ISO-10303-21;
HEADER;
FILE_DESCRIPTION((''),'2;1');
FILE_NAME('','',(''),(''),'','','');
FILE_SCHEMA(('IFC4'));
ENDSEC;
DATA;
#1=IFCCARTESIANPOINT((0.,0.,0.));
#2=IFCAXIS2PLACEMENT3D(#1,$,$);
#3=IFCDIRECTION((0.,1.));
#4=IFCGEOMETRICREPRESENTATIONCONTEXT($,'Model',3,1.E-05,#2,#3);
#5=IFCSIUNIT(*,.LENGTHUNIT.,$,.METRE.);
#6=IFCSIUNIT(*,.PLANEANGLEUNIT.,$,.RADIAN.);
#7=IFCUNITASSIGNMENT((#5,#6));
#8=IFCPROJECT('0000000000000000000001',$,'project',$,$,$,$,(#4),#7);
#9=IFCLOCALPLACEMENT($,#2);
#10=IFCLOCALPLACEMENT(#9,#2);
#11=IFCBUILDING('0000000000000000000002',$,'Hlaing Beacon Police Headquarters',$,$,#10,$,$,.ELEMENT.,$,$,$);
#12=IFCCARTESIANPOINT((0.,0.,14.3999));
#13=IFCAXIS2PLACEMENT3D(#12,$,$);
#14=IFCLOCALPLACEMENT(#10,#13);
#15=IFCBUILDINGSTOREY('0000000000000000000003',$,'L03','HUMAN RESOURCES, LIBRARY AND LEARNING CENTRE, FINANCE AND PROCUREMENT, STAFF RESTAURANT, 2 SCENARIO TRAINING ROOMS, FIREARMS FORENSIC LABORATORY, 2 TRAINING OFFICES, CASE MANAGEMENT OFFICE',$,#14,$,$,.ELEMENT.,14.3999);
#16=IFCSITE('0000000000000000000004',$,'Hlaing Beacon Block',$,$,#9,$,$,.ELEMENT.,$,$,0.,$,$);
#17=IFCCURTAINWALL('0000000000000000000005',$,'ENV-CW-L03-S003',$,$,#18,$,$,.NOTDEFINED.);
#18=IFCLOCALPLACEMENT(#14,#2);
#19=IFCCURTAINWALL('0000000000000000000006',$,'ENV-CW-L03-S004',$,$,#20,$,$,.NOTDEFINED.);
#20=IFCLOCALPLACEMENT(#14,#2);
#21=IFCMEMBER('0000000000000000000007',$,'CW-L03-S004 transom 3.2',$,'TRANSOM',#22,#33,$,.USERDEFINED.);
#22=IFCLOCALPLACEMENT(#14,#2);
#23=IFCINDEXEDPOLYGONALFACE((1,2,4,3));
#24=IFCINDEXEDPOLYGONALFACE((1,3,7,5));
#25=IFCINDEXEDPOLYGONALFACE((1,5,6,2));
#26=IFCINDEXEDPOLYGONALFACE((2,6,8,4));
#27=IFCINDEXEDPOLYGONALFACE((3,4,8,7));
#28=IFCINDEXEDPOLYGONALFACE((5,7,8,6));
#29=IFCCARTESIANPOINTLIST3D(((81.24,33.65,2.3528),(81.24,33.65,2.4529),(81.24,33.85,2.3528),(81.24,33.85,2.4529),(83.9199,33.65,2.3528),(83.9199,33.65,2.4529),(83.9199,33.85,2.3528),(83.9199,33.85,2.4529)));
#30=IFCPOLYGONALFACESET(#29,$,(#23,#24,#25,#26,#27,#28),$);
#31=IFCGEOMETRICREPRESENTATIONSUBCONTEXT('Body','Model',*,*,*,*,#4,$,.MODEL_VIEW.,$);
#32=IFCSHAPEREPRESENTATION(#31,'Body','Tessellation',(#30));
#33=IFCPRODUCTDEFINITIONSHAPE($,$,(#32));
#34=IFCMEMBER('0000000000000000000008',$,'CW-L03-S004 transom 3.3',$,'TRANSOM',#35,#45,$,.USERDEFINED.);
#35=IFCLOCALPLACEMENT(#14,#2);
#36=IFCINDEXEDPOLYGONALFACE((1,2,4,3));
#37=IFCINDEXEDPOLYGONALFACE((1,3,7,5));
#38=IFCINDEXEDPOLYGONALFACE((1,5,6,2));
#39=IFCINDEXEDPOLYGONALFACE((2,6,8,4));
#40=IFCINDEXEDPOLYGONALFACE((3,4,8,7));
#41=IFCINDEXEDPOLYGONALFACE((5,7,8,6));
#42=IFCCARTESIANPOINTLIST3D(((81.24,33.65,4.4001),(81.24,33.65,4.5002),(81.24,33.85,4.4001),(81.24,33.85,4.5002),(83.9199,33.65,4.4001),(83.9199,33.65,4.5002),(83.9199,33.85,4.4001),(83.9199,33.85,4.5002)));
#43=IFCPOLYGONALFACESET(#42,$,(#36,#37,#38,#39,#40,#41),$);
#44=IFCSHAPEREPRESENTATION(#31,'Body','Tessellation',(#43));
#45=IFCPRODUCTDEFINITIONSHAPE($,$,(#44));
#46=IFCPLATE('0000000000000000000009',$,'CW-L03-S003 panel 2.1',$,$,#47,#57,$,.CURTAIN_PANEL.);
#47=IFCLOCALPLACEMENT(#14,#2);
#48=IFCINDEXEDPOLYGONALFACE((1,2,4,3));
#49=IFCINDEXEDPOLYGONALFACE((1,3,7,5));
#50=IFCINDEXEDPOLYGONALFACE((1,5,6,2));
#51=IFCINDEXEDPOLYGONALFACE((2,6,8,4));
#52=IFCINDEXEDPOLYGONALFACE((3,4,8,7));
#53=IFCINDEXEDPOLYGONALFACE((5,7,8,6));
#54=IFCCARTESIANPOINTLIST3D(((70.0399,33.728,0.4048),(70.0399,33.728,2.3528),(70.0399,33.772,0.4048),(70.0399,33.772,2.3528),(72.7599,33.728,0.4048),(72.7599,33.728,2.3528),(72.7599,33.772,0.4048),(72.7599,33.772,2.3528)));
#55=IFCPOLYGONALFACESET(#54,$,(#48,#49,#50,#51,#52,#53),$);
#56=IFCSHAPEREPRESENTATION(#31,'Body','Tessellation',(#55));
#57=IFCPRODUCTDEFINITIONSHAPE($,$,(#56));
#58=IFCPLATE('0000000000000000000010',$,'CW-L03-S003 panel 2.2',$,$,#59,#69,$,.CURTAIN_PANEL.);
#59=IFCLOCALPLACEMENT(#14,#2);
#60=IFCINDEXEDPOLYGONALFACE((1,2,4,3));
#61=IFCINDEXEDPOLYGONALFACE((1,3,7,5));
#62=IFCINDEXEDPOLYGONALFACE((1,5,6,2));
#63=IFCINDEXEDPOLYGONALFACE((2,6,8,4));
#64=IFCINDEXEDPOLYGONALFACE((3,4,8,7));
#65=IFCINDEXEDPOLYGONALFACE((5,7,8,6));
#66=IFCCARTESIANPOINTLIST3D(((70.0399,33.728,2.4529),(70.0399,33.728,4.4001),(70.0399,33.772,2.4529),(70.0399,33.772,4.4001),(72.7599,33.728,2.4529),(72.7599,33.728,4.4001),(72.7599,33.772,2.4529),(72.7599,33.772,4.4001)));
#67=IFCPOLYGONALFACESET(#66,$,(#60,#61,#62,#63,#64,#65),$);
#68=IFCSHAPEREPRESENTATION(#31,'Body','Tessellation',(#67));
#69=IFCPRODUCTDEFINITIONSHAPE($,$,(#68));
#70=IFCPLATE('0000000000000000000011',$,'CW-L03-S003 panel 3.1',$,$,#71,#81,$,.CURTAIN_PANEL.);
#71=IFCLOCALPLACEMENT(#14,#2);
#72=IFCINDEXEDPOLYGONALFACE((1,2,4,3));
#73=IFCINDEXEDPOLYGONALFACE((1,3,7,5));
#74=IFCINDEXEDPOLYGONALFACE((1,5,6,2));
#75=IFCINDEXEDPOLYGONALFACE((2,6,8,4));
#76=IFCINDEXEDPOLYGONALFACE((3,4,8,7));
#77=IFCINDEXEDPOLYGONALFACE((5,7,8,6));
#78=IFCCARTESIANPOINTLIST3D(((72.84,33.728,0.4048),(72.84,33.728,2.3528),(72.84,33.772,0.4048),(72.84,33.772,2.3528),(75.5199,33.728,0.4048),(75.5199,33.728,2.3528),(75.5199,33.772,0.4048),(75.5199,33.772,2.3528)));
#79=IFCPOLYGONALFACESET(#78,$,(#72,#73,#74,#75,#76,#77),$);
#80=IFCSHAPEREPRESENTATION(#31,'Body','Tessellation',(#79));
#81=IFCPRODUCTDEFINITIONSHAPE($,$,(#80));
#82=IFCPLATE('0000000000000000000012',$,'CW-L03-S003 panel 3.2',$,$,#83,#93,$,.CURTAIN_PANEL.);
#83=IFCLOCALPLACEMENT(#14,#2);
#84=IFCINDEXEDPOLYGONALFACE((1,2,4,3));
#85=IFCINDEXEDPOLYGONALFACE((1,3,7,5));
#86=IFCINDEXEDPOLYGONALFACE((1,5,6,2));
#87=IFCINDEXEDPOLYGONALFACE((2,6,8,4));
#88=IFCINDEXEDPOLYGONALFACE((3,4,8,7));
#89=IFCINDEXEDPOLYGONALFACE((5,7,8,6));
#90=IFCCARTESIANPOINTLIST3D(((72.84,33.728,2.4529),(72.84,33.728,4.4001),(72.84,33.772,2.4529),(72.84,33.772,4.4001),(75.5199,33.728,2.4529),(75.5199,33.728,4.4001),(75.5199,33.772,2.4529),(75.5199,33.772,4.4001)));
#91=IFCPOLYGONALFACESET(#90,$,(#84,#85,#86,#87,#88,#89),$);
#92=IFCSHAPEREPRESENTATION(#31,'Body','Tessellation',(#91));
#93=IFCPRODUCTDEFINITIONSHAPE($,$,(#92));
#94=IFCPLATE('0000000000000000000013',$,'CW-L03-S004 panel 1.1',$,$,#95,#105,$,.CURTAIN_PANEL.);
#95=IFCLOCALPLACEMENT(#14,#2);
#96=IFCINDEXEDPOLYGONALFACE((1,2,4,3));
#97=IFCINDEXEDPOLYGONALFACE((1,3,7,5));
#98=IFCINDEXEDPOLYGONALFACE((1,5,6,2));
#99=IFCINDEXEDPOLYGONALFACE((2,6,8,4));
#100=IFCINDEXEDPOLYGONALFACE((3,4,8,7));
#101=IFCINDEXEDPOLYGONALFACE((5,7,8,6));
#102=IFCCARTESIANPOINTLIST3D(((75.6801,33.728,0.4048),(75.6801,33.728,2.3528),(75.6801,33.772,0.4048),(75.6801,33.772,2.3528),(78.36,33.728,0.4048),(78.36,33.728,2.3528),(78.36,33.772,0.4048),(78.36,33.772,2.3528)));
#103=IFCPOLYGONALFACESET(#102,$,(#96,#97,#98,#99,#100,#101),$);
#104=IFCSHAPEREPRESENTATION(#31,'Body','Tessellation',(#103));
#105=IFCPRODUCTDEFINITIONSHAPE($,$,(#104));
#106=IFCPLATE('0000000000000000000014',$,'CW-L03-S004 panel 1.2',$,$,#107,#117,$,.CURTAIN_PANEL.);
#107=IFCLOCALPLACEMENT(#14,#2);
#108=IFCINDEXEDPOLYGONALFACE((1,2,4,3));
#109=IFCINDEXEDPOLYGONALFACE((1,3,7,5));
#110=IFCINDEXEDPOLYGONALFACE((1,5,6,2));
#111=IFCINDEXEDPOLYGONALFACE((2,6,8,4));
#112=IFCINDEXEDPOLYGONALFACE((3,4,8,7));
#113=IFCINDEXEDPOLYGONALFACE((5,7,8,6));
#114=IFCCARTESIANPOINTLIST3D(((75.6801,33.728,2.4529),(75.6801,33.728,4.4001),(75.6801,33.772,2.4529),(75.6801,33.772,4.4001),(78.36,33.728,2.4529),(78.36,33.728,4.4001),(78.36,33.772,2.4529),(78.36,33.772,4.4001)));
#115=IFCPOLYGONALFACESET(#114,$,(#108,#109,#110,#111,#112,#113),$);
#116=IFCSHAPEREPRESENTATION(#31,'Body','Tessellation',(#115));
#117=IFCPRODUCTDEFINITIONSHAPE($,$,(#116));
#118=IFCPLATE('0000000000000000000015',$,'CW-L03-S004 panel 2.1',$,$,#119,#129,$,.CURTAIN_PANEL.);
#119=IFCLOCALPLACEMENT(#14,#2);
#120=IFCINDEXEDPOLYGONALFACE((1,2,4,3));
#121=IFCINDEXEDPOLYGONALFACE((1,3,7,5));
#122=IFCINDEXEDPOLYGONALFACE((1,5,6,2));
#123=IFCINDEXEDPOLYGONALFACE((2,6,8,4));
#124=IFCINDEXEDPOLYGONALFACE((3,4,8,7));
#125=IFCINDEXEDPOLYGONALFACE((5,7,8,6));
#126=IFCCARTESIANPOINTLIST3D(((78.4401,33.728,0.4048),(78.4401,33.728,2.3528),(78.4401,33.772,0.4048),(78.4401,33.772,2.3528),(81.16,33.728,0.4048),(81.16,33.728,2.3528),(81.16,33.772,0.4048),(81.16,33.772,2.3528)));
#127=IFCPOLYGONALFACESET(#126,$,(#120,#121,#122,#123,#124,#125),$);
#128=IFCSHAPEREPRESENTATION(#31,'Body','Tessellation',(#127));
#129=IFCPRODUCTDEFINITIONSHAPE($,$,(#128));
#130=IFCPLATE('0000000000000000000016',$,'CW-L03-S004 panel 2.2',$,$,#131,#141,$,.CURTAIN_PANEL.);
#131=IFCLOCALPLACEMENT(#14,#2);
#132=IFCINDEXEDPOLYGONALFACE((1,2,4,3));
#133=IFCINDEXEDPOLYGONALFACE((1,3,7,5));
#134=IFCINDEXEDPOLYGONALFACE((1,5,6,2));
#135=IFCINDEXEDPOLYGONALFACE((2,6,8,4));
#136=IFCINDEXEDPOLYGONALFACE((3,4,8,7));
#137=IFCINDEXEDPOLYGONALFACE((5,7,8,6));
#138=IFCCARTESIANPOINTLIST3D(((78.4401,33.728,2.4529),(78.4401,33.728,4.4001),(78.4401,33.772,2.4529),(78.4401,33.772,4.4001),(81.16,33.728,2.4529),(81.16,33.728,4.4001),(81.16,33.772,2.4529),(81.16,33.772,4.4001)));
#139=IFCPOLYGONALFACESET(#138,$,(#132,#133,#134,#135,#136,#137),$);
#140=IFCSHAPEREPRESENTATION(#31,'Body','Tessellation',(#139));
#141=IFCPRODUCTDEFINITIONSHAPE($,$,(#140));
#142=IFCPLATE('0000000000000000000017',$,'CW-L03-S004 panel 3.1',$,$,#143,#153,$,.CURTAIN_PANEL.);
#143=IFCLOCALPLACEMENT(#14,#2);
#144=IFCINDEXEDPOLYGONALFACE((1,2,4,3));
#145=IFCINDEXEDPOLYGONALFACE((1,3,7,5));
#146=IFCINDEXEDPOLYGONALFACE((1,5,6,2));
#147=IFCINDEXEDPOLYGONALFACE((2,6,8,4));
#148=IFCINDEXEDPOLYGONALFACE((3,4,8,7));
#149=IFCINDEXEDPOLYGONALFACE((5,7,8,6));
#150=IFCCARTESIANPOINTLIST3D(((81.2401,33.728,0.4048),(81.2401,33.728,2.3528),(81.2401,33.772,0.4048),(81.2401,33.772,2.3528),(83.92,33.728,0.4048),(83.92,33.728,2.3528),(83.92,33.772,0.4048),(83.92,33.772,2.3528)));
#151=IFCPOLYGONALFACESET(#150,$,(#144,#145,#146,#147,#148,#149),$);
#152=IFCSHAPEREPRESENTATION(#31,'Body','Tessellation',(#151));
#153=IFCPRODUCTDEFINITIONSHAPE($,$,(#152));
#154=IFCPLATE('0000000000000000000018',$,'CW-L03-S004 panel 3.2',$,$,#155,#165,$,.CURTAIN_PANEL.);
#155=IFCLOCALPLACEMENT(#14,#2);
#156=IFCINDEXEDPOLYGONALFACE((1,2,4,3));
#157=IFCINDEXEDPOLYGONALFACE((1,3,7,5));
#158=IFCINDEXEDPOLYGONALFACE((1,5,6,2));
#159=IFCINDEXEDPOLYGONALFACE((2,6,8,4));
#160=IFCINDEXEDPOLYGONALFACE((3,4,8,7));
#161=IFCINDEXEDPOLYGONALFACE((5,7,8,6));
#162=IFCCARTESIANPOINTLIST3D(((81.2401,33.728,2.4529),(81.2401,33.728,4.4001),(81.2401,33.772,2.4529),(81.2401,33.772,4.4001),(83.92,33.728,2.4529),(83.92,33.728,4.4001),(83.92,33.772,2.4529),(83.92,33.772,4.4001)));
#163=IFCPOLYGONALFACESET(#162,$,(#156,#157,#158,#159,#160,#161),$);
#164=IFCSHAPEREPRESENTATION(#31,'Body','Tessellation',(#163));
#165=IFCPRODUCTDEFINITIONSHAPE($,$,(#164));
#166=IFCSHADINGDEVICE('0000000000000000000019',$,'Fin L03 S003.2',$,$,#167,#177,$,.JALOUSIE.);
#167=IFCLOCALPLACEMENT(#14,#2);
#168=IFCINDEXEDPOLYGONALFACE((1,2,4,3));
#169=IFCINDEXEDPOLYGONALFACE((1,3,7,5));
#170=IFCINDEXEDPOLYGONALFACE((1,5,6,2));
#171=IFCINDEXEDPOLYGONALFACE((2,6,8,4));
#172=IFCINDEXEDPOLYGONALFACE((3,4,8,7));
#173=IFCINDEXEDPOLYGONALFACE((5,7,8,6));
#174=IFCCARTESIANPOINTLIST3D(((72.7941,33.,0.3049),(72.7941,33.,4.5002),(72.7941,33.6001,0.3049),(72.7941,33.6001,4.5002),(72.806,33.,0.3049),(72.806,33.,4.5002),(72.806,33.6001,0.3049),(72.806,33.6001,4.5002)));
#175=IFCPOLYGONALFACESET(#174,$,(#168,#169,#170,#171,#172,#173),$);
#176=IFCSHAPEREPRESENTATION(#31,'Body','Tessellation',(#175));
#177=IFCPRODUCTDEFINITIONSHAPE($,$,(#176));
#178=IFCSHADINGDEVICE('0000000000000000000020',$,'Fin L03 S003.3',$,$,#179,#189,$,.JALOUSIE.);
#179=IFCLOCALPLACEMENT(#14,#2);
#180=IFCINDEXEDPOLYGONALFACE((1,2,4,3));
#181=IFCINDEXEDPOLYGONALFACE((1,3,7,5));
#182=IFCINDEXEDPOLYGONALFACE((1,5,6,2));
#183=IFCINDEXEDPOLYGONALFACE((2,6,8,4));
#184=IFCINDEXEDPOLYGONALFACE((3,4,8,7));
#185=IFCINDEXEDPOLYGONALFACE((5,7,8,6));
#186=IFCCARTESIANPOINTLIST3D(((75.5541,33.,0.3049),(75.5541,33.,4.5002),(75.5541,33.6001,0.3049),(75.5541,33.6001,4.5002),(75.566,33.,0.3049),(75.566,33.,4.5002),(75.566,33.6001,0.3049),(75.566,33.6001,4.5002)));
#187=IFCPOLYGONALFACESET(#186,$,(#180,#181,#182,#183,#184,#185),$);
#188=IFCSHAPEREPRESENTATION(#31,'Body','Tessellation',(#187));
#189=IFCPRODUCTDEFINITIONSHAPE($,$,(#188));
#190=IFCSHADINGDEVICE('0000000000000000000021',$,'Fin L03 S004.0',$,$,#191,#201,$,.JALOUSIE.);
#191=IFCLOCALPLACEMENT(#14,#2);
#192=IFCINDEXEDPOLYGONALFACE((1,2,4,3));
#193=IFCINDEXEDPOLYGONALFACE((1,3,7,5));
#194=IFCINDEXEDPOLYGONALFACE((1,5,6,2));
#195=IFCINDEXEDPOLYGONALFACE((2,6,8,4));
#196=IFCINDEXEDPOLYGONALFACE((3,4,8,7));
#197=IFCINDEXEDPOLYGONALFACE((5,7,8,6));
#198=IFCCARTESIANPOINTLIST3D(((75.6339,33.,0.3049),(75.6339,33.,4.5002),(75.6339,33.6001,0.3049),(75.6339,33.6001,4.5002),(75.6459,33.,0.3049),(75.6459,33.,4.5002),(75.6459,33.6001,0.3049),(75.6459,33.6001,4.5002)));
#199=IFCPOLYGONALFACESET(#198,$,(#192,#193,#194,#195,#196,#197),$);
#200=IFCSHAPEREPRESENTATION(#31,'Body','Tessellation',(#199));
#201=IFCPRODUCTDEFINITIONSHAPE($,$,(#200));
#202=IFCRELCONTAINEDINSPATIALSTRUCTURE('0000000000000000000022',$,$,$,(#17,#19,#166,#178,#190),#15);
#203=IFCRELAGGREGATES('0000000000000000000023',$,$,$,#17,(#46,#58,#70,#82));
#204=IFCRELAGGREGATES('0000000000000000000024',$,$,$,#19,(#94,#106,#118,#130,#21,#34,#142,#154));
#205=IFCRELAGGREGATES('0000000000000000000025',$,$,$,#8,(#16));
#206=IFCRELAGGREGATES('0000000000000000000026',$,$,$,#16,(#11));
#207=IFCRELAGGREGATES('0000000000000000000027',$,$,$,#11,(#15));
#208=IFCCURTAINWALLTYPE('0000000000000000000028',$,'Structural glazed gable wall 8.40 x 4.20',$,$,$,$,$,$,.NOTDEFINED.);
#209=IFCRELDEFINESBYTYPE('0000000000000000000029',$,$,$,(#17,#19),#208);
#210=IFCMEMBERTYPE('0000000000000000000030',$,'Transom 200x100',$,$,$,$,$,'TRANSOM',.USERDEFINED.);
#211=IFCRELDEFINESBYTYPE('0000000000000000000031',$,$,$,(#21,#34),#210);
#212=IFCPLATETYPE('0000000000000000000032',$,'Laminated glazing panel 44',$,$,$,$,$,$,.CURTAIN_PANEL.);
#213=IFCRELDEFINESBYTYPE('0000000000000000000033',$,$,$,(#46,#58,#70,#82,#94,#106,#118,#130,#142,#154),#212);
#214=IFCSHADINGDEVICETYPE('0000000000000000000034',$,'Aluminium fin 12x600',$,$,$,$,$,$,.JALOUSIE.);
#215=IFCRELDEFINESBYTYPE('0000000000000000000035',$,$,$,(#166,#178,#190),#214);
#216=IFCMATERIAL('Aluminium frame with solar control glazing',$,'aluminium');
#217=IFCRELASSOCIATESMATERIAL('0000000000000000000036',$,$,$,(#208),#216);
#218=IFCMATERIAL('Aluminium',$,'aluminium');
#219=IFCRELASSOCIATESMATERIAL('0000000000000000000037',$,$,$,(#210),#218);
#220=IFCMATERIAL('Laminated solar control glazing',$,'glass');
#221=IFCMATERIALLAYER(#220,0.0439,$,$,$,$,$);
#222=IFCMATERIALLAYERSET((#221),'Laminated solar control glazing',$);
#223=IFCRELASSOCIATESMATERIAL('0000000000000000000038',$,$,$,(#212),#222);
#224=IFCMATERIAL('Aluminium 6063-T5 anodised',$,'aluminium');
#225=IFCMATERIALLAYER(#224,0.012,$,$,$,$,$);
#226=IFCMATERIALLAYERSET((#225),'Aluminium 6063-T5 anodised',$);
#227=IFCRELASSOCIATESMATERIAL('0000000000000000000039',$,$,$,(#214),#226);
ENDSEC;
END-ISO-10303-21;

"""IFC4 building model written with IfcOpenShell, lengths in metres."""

from ifc_helpers import new_model, si_unit, direction, frame, origin, origin_2d, place, context, subcontext, project, spatial, rectangle, extrude, material, layer, layer_set, material_profile, profile_set, type_object, element, aggregate, save


model = new_model("IFC4")

# Units and contexts
model_context = context("Model", 3, precision=1e-05, world=origin(), true_north=direction((0.0, 1.0)))
body_context = subcontext(model_context, "Body", "Model", "MODEL_VIEW")
ifc_project = project(units=[si_unit("LENGTHUNIT", "METRE"), si_unit("PLANEANGLEUNIT", "RADIAN")], contexts=[model_context])

# Site, building, storey
site_placement = place(None, origin())
site = spatial("IfcSite", under=ifc_project, at=site_placement, Name="Hlaing Beacon Block", CompositionType="ELEMENT", RefElevation=0.0)
building_placement = place(site_placement, origin())
building = spatial("IfcBuilding", under=site, at=building_placement, Name="Hlaing Beacon Police Headquarters", CompositionType="ELEMENT")
storey_placement = place(building_placement, frame((0.0, 0.0, 14.3999)))
storey = spatial("IfcBuildingStorey", under=building, at=storey_placement, Name="L03", Description="HUMAN RESOURCES, LIBRARY AND LEARNING CENTRE, FINANCE AND PROCUREMENT, STAFF RESTAURANT, 2 SCENARIO TRAINING ROOMS, FIREARMS FORENSIC LABORATORY, 2 TRAINING OFFICES, CASE MANAGEMENT OFFICE", CompositionType="ELEMENT", Elevation=14.3999)

# Curtain walls
ifc_material_1 = material(Name="Aluminium frame with solar control glazing", Category="aluminium")
curtain_wall_type = type_object("IfcCurtainWallType", Name="Structural glazed gable wall 8.40 x 4.20", PredefinedType="NOTDEFINED", material=ifc_material_1)
curtain_wall_1_placement = place(storey_placement, origin())
curtain_wall_1 = element("IfcCurtainWall", 1, at=curtain_wall_1_placement, inside=storey, type_object=curtain_wall_type, Name="ENV-CW-L03-S003", PredefinedType="NOTDEFINED")
curtain_wall_2_placement = place(storey_placement, origin())
curtain_wall_2 = element("IfcCurtainWall", 2, at=curtain_wall_2_placement, inside=storey, type_object=curtain_wall_type, Name="ENV-CW-L03-S004", PredefinedType="NOTDEFINED")

# Members
ifc_material_2 = material(Name="Aluminium", Category="aluminium")
ifc_material_profile_1 = material_profile(ifc_material_2, rectangle(XDim=0.2, YDim=0.1001, at=origin_2d()), Name="Transom 200x100")
ifc_profile_set_1 = profile_set([ifc_material_profile_1], Name="Aluminium")
member_type_1 = type_object("IfcMemberType", Name="Transom 200x100", ElementType="TRANSOM", PredefinedType="USERDEFINED", material=ifc_profile_set_1)
member_1_placement = place(storey_placement, frame((81.24, 33.75, 2.4028), z_axis=(1.0, 0.0, 0.0), x_axis=(0.0, 1.0, 0.0)))
member_1 = element("IfcMember", 3, at=member_1_placement, type_object=member_type_1, Name="CW-L03-S004 transom 3.2", ObjectType="TRANSOM", PredefinedType="USERDEFINED", context=body_context, shape_type="SweptSolid", body=[
    extrude(rectangle(XDim=0.2, YDim=0.1001, at=origin_2d()), origin(), (0.0, 0.0, 1.0), 2.6799),
])
member_2_placement = place(storey_placement, frame((81.24, 33.75, 4.4502), z_axis=(1.0, 0.0, 0.0), x_axis=(0.0, 1.0, 0.0)))
member_2 = element("IfcMember", 4, at=member_2_placement, type_object=member_type_1, Name="CW-L03-S004 transom 3.3", ObjectType="TRANSOM", PredefinedType="USERDEFINED", context=body_context, shape_type="SweptSolid", body=[
    extrude(rectangle(XDim=0.2, YDim=0.1001, at=origin_2d()), origin(), (0.0, 0.0, 1.0), 2.6799),
])

# Plates
ifc_material_3 = material(Name="Laminated solar control glazing", Category="glass")
ifc_layer_1 = layer(ifc_material_3, 0.0439)
ifc_layer_set_1 = layer_set([ifc_layer_1], Name="Laminated solar control glazing")
plate_type = type_object("IfcPlateType", Name="Laminated glazing panel 44", PredefinedType="CURTAIN_PANEL", material=ifc_layer_set_1)
plate_1_placement = place(storey_placement, frame((71.3999, 33.75, 0.4048), z_axis=(0.0, 0.0, 1.0), x_axis=(1.0, 0.0, 0.0)))
plate_1 = element("IfcPlate", 5, at=plate_1_placement, type_object=plate_type, Name="CW-L03-S003 panel 2.1", PredefinedType="CURTAIN_PANEL", context=body_context, shape_type="SweptSolid", body=[
    extrude(rectangle(XDim=2.72, YDim=0.0439, at=origin_2d()), origin(), (0.0, 0.0, 1.0), 1.948),
])
plate_2_placement = place(storey_placement, frame((71.3999, 33.75, 2.4529), z_axis=(0.0, 0.0, 1.0), x_axis=(1.0, 0.0, 0.0)))
plate_2 = element("IfcPlate", 6, at=plate_2_placement, type_object=plate_type, Name="CW-L03-S003 panel 2.2", PredefinedType="CURTAIN_PANEL", context=body_context, shape_type="SweptSolid", body=[
    extrude(rectangle(XDim=2.72, YDim=0.0439, at=origin_2d()), origin(), (0.0, 0.0, 1.0), 1.9473),
])
plate_3_placement = place(storey_placement, frame((74.1799, 33.75, 0.4048), z_axis=(0.0, 0.0, 1.0), x_axis=(1.0, 0.0, 0.0)))
plate_3 = element("IfcPlate", 7, at=plate_3_placement, type_object=plate_type, Name="CW-L03-S003 panel 3.1", PredefinedType="CURTAIN_PANEL", context=body_context, shape_type="SweptSolid", body=[
    extrude(rectangle(XDim=2.6799, YDim=0.0439, at=origin_2d()), origin(), (0.0, 0.0, 1.0), 1.948),
])
plate_4_placement = place(storey_placement, frame((74.1799, 33.75, 2.4529), z_axis=(0.0, 0.0, 1.0), x_axis=(1.0, 0.0, 0.0)))
plate_4 = element("IfcPlate", 8, at=plate_4_placement, type_object=plate_type, Name="CW-L03-S003 panel 3.2", PredefinedType="CURTAIN_PANEL", context=body_context, shape_type="SweptSolid", body=[
    extrude(rectangle(XDim=2.6799, YDim=0.0439, at=origin_2d()), origin(), (0.0, 0.0, 1.0), 1.9473),
])
aggregate(curtain_wall_1, [plate_1, plate_2, plate_3, plate_4])
plate_5_placement = place(storey_placement, frame((77.02, 33.75, 0.4048), z_axis=(0.0, 0.0, 1.0), x_axis=(1.0, 0.0, 0.0)))
plate_5 = element("IfcPlate", 9, at=plate_5_placement, type_object=plate_type, Name="CW-L03-S004 panel 1.1", PredefinedType="CURTAIN_PANEL", context=body_context, shape_type="SweptSolid", body=[
    extrude(rectangle(XDim=2.6799, YDim=0.0439, at=origin_2d()), origin(), (0.0, 0.0, 1.0), 1.948),
])
plate_6_placement = place(storey_placement, frame((77.02, 33.75, 2.4529), z_axis=(0.0, 0.0, 1.0), x_axis=(1.0, 0.0, 0.0)))
plate_6 = element("IfcPlate", 10, at=plate_6_placement, type_object=plate_type, Name="CW-L03-S004 panel 1.2", PredefinedType="CURTAIN_PANEL", context=body_context, shape_type="SweptSolid", body=[
    extrude(rectangle(XDim=2.6799, YDim=0.0439, at=origin_2d()), origin(), (0.0, 0.0, 1.0), 1.9473),
])
plate_7_placement = place(storey_placement, frame((79.8, 33.75, 0.4048), z_axis=(0.0, 0.0, 1.0), x_axis=(1.0, 0.0, 0.0)))
plate_7 = element("IfcPlate", 11, at=plate_7_placement, type_object=plate_type, Name="CW-L03-S004 panel 2.1", PredefinedType="CURTAIN_PANEL", context=body_context, shape_type="SweptSolid", body=[
    extrude(rectangle(XDim=2.72, YDim=0.0439, at=origin_2d()), origin(), (0.0, 0.0, 1.0), 1.948),
])
plate_8_placement = place(storey_placement, frame((79.8, 33.75, 2.4529), z_axis=(0.0, 0.0, 1.0), x_axis=(1.0, 0.0, 0.0)))
plate_8 = element("IfcPlate", 12, at=plate_8_placement, type_object=plate_type, Name="CW-L03-S004 panel 2.2", PredefinedType="CURTAIN_PANEL", context=body_context, shape_type="SweptSolid", body=[
    extrude(rectangle(XDim=2.72, YDim=0.0439, at=origin_2d()), origin(), (0.0, 0.0, 1.0), 1.9473),
])
plate_9_placement = place(storey_placement, frame((82.5801, 33.75, 0.4048), z_axis=(0.0, 0.0, 1.0), x_axis=(1.0, 0.0, 0.0)))
plate_9 = element("IfcPlate", 13, at=plate_9_placement, type_object=plate_type, Name="CW-L03-S004 panel 3.1", PredefinedType="CURTAIN_PANEL", context=body_context, shape_type="SweptSolid", body=[
    extrude(rectangle(XDim=2.6799, YDim=0.0439, at=origin_2d()), origin(), (0.0, 0.0, 1.0), 1.948),
])
plate_10_placement = place(storey_placement, frame((82.5801, 33.75, 2.4529), z_axis=(0.0, 0.0, 1.0), x_axis=(1.0, 0.0, 0.0)))
plate_10 = element("IfcPlate", 14, at=plate_10_placement, type_object=plate_type, Name="CW-L03-S004 panel 3.2", PredefinedType="CURTAIN_PANEL", context=body_context, shape_type="SweptSolid", body=[
    extrude(rectangle(XDim=2.6799, YDim=0.0439, at=origin_2d()), origin(), (0.0, 0.0, 1.0), 1.9473),
])
aggregate(curtain_wall_2, [plate_5, plate_6, plate_7, plate_8, member_1, member_2, plate_9, plate_10])

# Shading devices
ifc_material_4 = material(Name="Aluminium 6063-T5 anodised", Category="aluminium")
ifc_layer_2 = layer(ifc_material_4, 0.012)
ifc_layer_set_2 = layer_set([ifc_layer_2], Name="Aluminium 6063-T5 anodised")
shading_device_type = type_object("IfcShadingDeviceType", Name="Aluminium fin 12x600", PredefinedType="JALOUSIE", material=ifc_layer_set_2)
for number, where, z_axis, x_axis, name in (
    (15, (72.8, 33.3, 0.3049), (0.0, 0.0, 1.0), (1.0, 0.0, 0.0), "Fin L03 S003.2"),
    (16, (75.5601, 33.3, 0.3049), (0.0, 0.0, 1.0), (1.0, 0.0, 0.0), "Fin L03 S003.3"),
    (17, (75.6399, 33.3, 0.3049), (0.0, 0.0, 1.0), (1.0, 0.0, 0.0), "Fin L03 S004.0"),
):
    element("IfcShadingDevice", number, at=place(storey_placement, frame(where, z_axis=z_axis, x_axis=x_axis)), inside=storey, type_object=shading_device_type, Name=name, PredefinedType="JALOUSIE", context=body_context, shape_type="SweptSolid", body=[
        extrude(rectangle(XDim=0.012, YDim=0.6001, at=origin_2d()), origin(), (0.0, 0.0, 1.0), 4.1953),
    ])

save(model, "model.ifc")
